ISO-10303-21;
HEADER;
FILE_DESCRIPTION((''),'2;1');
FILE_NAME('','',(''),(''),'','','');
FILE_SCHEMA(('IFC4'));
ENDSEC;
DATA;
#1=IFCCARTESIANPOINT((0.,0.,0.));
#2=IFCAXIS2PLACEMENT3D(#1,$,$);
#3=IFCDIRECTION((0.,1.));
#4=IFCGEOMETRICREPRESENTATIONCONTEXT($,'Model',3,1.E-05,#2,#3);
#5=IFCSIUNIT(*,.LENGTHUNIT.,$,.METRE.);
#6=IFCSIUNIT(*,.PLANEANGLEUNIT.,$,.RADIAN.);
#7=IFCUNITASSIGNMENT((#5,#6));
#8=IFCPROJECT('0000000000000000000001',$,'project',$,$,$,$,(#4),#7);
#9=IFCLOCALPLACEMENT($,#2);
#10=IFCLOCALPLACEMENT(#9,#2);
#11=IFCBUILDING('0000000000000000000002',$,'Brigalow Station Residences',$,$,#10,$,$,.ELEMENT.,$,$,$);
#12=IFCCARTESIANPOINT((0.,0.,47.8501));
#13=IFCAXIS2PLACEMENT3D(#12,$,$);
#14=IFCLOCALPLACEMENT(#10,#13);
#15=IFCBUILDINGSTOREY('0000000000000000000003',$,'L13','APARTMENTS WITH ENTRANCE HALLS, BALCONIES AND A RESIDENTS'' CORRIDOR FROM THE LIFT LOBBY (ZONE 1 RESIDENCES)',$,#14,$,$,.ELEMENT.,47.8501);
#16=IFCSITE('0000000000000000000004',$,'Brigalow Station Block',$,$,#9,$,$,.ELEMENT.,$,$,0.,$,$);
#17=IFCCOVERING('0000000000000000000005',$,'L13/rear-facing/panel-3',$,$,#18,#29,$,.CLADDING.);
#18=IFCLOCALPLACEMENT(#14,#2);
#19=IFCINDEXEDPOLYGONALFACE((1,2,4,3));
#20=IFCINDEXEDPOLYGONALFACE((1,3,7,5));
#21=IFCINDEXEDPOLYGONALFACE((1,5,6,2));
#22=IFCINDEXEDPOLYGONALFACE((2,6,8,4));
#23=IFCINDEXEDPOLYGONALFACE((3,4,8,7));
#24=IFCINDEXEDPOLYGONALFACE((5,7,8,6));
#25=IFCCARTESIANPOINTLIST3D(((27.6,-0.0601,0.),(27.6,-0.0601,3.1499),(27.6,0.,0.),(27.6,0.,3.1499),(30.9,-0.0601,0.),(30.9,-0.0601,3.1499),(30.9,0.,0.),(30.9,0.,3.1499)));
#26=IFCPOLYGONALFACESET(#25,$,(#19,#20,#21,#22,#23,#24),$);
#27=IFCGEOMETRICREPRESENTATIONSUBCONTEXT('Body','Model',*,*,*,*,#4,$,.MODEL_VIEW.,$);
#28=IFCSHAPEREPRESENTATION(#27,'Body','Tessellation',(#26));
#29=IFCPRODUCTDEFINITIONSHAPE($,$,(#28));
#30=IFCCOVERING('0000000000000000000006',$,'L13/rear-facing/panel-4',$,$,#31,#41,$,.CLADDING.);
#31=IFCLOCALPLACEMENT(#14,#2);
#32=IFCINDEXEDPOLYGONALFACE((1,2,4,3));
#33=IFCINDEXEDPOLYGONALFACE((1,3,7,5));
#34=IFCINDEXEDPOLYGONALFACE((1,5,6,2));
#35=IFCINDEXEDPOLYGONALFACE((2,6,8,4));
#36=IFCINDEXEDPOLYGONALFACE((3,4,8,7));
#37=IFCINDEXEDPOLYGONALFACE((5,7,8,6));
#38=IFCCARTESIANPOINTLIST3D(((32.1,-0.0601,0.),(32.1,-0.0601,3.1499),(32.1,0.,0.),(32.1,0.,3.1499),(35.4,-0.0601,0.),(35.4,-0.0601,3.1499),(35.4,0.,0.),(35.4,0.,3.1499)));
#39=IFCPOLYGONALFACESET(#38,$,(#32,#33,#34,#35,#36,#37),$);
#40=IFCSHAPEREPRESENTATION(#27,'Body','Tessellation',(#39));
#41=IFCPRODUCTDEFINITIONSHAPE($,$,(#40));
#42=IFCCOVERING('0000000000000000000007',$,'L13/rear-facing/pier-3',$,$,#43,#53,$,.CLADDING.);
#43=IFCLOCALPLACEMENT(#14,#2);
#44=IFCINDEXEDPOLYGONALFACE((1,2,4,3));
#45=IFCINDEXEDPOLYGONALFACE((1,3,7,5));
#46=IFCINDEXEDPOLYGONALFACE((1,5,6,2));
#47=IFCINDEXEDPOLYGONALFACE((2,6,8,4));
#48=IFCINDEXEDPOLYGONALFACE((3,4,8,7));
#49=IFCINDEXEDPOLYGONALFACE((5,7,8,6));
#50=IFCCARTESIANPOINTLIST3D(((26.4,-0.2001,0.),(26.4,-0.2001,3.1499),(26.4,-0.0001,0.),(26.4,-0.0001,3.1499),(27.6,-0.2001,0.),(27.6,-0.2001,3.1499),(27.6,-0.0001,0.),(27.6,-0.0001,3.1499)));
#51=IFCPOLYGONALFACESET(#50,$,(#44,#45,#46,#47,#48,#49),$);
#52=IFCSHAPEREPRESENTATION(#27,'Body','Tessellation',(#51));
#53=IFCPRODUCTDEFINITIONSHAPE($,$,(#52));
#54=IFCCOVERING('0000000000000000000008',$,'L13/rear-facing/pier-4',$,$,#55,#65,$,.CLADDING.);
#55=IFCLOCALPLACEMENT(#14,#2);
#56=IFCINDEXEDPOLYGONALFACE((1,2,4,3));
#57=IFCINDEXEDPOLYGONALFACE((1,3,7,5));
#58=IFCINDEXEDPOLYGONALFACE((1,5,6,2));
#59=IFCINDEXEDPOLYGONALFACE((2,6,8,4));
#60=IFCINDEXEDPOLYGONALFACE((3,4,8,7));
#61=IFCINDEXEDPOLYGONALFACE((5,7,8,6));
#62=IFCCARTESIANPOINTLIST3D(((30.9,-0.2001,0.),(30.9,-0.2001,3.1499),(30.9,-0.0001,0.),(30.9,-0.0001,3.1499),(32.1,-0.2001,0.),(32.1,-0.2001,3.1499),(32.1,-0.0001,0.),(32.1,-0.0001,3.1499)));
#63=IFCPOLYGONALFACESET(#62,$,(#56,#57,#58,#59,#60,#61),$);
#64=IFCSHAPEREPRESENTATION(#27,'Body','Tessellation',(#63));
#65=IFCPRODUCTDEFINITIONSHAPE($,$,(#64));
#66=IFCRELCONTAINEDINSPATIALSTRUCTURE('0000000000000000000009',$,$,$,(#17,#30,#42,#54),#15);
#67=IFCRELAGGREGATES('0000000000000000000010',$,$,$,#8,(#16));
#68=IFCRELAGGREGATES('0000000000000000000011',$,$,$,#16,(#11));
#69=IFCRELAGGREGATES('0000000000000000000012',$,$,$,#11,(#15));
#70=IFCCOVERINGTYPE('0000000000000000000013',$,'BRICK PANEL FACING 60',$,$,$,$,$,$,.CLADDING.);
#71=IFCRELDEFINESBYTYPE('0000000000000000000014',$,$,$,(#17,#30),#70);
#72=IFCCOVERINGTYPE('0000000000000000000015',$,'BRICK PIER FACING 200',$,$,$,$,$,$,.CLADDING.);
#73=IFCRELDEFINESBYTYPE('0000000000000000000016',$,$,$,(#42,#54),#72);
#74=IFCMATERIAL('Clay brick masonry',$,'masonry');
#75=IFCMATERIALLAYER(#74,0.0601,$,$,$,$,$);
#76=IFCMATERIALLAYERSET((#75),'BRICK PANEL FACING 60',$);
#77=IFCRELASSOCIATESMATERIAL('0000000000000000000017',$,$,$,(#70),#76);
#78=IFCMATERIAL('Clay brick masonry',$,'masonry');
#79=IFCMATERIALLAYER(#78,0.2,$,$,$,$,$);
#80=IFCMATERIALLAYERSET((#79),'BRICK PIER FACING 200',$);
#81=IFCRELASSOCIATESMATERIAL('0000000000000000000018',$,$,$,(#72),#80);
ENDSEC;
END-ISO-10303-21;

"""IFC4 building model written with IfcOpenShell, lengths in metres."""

from ifc_helpers import new_model, si_unit, direction, frame, origin, origin_2d, place, context, subcontext, project, spatial, rectangle, extrude, material, layer, layer_set, type_object, element, save


model = new_model("IFC4")

# Units and contexts
model_context = context("Model", 3, precision=1e-05, world=origin(), true_north=direction((0.0, 1.0)))
body_context = subcontext(model_context, "Body", "Model", "MODEL_VIEW")
ifc_project = project(units=[si_unit("LENGTHUNIT", "METRE"), si_unit("PLANEANGLEUNIT", "RADIAN")], contexts=[model_context])

# Site, building, storey
site_placement = place(None, origin())
site = spatial("IfcSite", under=ifc_project, at=site_placement, Name="Brigalow Station Block", CompositionType="ELEMENT", RefElevation=0.0)
building_placement = place(site_placement, origin())
building = spatial("IfcBuilding", under=site, at=building_placement, Name="Brigalow Station Residences", CompositionType="ELEMENT")
storey_placement = place(building_placement, frame((0.0, 0.0, 47.8501)))
storey = spatial("IfcBuildingStorey", under=building, at=storey_placement, Name="L13", Description="APARTMENTS WITH ENTRANCE HALLS, BALCONIES AND A RESIDENTS' CORRIDOR FROM THE LIFT LOBBY (ZONE 1 RESIDENCES)", CompositionType="ELEMENT", Elevation=47.8501)

# Coverings
ifc_material_1 = material(Name="Clay brick masonry", Category="masonry")
ifc_layer_1 = layer(ifc_material_1, 0.0601)
ifc_layer_set_1 = layer_set([ifc_layer_1], Name="BRICK PANEL FACING 60")
covering_type_1 = type_object("IfcCoveringType", Name="BRICK PANEL FACING 60", PredefinedType="CLADDING", material=ifc_layer_set_1)
for number, where, z_axis, x_axis, name in (
    (1, (29.25, -0.03, 0.0), (0.0, 0.0, 1.0), (1.0, 0.0, 0.0), "L13/rear-facing/panel-3"),
    (2, (33.75, -0.03, 0.0), (0.0, 0.0, 1.0), (1.0, 0.0, 0.0), "L13/rear-facing/panel-4"),
):
    element("IfcCovering", number, at=place(storey_placement, frame(where, z_axis=z_axis, x_axis=x_axis)), inside=storey, type_object=covering_type_1, Name=name, PredefinedType="CLADDING", context=body_context, shape_type="SweptSolid", body=[
        extrude(rectangle(XDim=3.3, YDim=0.0601, at=origin_2d()), origin(), (0.0, 0.0, 1.0), 3.1499),
    ])
ifc_material_2 = material(Name="Clay brick masonry", Category="masonry")
ifc_layer_2 = layer(ifc_material_2, 0.2)
ifc_layer_set_2 = layer_set([ifc_layer_2], Name="BRICK PIER FACING 200")
covering_type_2 = type_object("IfcCoveringType", Name="BRICK PIER FACING 200", PredefinedType="CLADDING", material=ifc_layer_set_2)
for number, where, z_axis, x_axis, name in (
    (3, (27.0, -0.1001, 0.0), (0.0, 0.0, 1.0), (1.0, 0.0, 0.0), "L13/rear-facing/pier-3"),
    (4, (31.5, -0.1001, 0.0), (0.0, 0.0, 1.0), (1.0, 0.0, 0.0), "L13/rear-facing/pier-4"),
):
    element("IfcCovering", number, at=place(storey_placement, frame(where, z_axis=z_axis, x_axis=x_axis)), inside=storey, type_object=covering_type_2, Name=name, PredefinedType="CLADDING", context=body_context, shape_type="SweptSolid", body=[
        extrude(rectangle(XDim=1.2, YDim=0.2, at=origin_2d()), origin(), (0.0, 0.0, 1.0), 3.1499),
    ])

save(model, "model.ifc")
